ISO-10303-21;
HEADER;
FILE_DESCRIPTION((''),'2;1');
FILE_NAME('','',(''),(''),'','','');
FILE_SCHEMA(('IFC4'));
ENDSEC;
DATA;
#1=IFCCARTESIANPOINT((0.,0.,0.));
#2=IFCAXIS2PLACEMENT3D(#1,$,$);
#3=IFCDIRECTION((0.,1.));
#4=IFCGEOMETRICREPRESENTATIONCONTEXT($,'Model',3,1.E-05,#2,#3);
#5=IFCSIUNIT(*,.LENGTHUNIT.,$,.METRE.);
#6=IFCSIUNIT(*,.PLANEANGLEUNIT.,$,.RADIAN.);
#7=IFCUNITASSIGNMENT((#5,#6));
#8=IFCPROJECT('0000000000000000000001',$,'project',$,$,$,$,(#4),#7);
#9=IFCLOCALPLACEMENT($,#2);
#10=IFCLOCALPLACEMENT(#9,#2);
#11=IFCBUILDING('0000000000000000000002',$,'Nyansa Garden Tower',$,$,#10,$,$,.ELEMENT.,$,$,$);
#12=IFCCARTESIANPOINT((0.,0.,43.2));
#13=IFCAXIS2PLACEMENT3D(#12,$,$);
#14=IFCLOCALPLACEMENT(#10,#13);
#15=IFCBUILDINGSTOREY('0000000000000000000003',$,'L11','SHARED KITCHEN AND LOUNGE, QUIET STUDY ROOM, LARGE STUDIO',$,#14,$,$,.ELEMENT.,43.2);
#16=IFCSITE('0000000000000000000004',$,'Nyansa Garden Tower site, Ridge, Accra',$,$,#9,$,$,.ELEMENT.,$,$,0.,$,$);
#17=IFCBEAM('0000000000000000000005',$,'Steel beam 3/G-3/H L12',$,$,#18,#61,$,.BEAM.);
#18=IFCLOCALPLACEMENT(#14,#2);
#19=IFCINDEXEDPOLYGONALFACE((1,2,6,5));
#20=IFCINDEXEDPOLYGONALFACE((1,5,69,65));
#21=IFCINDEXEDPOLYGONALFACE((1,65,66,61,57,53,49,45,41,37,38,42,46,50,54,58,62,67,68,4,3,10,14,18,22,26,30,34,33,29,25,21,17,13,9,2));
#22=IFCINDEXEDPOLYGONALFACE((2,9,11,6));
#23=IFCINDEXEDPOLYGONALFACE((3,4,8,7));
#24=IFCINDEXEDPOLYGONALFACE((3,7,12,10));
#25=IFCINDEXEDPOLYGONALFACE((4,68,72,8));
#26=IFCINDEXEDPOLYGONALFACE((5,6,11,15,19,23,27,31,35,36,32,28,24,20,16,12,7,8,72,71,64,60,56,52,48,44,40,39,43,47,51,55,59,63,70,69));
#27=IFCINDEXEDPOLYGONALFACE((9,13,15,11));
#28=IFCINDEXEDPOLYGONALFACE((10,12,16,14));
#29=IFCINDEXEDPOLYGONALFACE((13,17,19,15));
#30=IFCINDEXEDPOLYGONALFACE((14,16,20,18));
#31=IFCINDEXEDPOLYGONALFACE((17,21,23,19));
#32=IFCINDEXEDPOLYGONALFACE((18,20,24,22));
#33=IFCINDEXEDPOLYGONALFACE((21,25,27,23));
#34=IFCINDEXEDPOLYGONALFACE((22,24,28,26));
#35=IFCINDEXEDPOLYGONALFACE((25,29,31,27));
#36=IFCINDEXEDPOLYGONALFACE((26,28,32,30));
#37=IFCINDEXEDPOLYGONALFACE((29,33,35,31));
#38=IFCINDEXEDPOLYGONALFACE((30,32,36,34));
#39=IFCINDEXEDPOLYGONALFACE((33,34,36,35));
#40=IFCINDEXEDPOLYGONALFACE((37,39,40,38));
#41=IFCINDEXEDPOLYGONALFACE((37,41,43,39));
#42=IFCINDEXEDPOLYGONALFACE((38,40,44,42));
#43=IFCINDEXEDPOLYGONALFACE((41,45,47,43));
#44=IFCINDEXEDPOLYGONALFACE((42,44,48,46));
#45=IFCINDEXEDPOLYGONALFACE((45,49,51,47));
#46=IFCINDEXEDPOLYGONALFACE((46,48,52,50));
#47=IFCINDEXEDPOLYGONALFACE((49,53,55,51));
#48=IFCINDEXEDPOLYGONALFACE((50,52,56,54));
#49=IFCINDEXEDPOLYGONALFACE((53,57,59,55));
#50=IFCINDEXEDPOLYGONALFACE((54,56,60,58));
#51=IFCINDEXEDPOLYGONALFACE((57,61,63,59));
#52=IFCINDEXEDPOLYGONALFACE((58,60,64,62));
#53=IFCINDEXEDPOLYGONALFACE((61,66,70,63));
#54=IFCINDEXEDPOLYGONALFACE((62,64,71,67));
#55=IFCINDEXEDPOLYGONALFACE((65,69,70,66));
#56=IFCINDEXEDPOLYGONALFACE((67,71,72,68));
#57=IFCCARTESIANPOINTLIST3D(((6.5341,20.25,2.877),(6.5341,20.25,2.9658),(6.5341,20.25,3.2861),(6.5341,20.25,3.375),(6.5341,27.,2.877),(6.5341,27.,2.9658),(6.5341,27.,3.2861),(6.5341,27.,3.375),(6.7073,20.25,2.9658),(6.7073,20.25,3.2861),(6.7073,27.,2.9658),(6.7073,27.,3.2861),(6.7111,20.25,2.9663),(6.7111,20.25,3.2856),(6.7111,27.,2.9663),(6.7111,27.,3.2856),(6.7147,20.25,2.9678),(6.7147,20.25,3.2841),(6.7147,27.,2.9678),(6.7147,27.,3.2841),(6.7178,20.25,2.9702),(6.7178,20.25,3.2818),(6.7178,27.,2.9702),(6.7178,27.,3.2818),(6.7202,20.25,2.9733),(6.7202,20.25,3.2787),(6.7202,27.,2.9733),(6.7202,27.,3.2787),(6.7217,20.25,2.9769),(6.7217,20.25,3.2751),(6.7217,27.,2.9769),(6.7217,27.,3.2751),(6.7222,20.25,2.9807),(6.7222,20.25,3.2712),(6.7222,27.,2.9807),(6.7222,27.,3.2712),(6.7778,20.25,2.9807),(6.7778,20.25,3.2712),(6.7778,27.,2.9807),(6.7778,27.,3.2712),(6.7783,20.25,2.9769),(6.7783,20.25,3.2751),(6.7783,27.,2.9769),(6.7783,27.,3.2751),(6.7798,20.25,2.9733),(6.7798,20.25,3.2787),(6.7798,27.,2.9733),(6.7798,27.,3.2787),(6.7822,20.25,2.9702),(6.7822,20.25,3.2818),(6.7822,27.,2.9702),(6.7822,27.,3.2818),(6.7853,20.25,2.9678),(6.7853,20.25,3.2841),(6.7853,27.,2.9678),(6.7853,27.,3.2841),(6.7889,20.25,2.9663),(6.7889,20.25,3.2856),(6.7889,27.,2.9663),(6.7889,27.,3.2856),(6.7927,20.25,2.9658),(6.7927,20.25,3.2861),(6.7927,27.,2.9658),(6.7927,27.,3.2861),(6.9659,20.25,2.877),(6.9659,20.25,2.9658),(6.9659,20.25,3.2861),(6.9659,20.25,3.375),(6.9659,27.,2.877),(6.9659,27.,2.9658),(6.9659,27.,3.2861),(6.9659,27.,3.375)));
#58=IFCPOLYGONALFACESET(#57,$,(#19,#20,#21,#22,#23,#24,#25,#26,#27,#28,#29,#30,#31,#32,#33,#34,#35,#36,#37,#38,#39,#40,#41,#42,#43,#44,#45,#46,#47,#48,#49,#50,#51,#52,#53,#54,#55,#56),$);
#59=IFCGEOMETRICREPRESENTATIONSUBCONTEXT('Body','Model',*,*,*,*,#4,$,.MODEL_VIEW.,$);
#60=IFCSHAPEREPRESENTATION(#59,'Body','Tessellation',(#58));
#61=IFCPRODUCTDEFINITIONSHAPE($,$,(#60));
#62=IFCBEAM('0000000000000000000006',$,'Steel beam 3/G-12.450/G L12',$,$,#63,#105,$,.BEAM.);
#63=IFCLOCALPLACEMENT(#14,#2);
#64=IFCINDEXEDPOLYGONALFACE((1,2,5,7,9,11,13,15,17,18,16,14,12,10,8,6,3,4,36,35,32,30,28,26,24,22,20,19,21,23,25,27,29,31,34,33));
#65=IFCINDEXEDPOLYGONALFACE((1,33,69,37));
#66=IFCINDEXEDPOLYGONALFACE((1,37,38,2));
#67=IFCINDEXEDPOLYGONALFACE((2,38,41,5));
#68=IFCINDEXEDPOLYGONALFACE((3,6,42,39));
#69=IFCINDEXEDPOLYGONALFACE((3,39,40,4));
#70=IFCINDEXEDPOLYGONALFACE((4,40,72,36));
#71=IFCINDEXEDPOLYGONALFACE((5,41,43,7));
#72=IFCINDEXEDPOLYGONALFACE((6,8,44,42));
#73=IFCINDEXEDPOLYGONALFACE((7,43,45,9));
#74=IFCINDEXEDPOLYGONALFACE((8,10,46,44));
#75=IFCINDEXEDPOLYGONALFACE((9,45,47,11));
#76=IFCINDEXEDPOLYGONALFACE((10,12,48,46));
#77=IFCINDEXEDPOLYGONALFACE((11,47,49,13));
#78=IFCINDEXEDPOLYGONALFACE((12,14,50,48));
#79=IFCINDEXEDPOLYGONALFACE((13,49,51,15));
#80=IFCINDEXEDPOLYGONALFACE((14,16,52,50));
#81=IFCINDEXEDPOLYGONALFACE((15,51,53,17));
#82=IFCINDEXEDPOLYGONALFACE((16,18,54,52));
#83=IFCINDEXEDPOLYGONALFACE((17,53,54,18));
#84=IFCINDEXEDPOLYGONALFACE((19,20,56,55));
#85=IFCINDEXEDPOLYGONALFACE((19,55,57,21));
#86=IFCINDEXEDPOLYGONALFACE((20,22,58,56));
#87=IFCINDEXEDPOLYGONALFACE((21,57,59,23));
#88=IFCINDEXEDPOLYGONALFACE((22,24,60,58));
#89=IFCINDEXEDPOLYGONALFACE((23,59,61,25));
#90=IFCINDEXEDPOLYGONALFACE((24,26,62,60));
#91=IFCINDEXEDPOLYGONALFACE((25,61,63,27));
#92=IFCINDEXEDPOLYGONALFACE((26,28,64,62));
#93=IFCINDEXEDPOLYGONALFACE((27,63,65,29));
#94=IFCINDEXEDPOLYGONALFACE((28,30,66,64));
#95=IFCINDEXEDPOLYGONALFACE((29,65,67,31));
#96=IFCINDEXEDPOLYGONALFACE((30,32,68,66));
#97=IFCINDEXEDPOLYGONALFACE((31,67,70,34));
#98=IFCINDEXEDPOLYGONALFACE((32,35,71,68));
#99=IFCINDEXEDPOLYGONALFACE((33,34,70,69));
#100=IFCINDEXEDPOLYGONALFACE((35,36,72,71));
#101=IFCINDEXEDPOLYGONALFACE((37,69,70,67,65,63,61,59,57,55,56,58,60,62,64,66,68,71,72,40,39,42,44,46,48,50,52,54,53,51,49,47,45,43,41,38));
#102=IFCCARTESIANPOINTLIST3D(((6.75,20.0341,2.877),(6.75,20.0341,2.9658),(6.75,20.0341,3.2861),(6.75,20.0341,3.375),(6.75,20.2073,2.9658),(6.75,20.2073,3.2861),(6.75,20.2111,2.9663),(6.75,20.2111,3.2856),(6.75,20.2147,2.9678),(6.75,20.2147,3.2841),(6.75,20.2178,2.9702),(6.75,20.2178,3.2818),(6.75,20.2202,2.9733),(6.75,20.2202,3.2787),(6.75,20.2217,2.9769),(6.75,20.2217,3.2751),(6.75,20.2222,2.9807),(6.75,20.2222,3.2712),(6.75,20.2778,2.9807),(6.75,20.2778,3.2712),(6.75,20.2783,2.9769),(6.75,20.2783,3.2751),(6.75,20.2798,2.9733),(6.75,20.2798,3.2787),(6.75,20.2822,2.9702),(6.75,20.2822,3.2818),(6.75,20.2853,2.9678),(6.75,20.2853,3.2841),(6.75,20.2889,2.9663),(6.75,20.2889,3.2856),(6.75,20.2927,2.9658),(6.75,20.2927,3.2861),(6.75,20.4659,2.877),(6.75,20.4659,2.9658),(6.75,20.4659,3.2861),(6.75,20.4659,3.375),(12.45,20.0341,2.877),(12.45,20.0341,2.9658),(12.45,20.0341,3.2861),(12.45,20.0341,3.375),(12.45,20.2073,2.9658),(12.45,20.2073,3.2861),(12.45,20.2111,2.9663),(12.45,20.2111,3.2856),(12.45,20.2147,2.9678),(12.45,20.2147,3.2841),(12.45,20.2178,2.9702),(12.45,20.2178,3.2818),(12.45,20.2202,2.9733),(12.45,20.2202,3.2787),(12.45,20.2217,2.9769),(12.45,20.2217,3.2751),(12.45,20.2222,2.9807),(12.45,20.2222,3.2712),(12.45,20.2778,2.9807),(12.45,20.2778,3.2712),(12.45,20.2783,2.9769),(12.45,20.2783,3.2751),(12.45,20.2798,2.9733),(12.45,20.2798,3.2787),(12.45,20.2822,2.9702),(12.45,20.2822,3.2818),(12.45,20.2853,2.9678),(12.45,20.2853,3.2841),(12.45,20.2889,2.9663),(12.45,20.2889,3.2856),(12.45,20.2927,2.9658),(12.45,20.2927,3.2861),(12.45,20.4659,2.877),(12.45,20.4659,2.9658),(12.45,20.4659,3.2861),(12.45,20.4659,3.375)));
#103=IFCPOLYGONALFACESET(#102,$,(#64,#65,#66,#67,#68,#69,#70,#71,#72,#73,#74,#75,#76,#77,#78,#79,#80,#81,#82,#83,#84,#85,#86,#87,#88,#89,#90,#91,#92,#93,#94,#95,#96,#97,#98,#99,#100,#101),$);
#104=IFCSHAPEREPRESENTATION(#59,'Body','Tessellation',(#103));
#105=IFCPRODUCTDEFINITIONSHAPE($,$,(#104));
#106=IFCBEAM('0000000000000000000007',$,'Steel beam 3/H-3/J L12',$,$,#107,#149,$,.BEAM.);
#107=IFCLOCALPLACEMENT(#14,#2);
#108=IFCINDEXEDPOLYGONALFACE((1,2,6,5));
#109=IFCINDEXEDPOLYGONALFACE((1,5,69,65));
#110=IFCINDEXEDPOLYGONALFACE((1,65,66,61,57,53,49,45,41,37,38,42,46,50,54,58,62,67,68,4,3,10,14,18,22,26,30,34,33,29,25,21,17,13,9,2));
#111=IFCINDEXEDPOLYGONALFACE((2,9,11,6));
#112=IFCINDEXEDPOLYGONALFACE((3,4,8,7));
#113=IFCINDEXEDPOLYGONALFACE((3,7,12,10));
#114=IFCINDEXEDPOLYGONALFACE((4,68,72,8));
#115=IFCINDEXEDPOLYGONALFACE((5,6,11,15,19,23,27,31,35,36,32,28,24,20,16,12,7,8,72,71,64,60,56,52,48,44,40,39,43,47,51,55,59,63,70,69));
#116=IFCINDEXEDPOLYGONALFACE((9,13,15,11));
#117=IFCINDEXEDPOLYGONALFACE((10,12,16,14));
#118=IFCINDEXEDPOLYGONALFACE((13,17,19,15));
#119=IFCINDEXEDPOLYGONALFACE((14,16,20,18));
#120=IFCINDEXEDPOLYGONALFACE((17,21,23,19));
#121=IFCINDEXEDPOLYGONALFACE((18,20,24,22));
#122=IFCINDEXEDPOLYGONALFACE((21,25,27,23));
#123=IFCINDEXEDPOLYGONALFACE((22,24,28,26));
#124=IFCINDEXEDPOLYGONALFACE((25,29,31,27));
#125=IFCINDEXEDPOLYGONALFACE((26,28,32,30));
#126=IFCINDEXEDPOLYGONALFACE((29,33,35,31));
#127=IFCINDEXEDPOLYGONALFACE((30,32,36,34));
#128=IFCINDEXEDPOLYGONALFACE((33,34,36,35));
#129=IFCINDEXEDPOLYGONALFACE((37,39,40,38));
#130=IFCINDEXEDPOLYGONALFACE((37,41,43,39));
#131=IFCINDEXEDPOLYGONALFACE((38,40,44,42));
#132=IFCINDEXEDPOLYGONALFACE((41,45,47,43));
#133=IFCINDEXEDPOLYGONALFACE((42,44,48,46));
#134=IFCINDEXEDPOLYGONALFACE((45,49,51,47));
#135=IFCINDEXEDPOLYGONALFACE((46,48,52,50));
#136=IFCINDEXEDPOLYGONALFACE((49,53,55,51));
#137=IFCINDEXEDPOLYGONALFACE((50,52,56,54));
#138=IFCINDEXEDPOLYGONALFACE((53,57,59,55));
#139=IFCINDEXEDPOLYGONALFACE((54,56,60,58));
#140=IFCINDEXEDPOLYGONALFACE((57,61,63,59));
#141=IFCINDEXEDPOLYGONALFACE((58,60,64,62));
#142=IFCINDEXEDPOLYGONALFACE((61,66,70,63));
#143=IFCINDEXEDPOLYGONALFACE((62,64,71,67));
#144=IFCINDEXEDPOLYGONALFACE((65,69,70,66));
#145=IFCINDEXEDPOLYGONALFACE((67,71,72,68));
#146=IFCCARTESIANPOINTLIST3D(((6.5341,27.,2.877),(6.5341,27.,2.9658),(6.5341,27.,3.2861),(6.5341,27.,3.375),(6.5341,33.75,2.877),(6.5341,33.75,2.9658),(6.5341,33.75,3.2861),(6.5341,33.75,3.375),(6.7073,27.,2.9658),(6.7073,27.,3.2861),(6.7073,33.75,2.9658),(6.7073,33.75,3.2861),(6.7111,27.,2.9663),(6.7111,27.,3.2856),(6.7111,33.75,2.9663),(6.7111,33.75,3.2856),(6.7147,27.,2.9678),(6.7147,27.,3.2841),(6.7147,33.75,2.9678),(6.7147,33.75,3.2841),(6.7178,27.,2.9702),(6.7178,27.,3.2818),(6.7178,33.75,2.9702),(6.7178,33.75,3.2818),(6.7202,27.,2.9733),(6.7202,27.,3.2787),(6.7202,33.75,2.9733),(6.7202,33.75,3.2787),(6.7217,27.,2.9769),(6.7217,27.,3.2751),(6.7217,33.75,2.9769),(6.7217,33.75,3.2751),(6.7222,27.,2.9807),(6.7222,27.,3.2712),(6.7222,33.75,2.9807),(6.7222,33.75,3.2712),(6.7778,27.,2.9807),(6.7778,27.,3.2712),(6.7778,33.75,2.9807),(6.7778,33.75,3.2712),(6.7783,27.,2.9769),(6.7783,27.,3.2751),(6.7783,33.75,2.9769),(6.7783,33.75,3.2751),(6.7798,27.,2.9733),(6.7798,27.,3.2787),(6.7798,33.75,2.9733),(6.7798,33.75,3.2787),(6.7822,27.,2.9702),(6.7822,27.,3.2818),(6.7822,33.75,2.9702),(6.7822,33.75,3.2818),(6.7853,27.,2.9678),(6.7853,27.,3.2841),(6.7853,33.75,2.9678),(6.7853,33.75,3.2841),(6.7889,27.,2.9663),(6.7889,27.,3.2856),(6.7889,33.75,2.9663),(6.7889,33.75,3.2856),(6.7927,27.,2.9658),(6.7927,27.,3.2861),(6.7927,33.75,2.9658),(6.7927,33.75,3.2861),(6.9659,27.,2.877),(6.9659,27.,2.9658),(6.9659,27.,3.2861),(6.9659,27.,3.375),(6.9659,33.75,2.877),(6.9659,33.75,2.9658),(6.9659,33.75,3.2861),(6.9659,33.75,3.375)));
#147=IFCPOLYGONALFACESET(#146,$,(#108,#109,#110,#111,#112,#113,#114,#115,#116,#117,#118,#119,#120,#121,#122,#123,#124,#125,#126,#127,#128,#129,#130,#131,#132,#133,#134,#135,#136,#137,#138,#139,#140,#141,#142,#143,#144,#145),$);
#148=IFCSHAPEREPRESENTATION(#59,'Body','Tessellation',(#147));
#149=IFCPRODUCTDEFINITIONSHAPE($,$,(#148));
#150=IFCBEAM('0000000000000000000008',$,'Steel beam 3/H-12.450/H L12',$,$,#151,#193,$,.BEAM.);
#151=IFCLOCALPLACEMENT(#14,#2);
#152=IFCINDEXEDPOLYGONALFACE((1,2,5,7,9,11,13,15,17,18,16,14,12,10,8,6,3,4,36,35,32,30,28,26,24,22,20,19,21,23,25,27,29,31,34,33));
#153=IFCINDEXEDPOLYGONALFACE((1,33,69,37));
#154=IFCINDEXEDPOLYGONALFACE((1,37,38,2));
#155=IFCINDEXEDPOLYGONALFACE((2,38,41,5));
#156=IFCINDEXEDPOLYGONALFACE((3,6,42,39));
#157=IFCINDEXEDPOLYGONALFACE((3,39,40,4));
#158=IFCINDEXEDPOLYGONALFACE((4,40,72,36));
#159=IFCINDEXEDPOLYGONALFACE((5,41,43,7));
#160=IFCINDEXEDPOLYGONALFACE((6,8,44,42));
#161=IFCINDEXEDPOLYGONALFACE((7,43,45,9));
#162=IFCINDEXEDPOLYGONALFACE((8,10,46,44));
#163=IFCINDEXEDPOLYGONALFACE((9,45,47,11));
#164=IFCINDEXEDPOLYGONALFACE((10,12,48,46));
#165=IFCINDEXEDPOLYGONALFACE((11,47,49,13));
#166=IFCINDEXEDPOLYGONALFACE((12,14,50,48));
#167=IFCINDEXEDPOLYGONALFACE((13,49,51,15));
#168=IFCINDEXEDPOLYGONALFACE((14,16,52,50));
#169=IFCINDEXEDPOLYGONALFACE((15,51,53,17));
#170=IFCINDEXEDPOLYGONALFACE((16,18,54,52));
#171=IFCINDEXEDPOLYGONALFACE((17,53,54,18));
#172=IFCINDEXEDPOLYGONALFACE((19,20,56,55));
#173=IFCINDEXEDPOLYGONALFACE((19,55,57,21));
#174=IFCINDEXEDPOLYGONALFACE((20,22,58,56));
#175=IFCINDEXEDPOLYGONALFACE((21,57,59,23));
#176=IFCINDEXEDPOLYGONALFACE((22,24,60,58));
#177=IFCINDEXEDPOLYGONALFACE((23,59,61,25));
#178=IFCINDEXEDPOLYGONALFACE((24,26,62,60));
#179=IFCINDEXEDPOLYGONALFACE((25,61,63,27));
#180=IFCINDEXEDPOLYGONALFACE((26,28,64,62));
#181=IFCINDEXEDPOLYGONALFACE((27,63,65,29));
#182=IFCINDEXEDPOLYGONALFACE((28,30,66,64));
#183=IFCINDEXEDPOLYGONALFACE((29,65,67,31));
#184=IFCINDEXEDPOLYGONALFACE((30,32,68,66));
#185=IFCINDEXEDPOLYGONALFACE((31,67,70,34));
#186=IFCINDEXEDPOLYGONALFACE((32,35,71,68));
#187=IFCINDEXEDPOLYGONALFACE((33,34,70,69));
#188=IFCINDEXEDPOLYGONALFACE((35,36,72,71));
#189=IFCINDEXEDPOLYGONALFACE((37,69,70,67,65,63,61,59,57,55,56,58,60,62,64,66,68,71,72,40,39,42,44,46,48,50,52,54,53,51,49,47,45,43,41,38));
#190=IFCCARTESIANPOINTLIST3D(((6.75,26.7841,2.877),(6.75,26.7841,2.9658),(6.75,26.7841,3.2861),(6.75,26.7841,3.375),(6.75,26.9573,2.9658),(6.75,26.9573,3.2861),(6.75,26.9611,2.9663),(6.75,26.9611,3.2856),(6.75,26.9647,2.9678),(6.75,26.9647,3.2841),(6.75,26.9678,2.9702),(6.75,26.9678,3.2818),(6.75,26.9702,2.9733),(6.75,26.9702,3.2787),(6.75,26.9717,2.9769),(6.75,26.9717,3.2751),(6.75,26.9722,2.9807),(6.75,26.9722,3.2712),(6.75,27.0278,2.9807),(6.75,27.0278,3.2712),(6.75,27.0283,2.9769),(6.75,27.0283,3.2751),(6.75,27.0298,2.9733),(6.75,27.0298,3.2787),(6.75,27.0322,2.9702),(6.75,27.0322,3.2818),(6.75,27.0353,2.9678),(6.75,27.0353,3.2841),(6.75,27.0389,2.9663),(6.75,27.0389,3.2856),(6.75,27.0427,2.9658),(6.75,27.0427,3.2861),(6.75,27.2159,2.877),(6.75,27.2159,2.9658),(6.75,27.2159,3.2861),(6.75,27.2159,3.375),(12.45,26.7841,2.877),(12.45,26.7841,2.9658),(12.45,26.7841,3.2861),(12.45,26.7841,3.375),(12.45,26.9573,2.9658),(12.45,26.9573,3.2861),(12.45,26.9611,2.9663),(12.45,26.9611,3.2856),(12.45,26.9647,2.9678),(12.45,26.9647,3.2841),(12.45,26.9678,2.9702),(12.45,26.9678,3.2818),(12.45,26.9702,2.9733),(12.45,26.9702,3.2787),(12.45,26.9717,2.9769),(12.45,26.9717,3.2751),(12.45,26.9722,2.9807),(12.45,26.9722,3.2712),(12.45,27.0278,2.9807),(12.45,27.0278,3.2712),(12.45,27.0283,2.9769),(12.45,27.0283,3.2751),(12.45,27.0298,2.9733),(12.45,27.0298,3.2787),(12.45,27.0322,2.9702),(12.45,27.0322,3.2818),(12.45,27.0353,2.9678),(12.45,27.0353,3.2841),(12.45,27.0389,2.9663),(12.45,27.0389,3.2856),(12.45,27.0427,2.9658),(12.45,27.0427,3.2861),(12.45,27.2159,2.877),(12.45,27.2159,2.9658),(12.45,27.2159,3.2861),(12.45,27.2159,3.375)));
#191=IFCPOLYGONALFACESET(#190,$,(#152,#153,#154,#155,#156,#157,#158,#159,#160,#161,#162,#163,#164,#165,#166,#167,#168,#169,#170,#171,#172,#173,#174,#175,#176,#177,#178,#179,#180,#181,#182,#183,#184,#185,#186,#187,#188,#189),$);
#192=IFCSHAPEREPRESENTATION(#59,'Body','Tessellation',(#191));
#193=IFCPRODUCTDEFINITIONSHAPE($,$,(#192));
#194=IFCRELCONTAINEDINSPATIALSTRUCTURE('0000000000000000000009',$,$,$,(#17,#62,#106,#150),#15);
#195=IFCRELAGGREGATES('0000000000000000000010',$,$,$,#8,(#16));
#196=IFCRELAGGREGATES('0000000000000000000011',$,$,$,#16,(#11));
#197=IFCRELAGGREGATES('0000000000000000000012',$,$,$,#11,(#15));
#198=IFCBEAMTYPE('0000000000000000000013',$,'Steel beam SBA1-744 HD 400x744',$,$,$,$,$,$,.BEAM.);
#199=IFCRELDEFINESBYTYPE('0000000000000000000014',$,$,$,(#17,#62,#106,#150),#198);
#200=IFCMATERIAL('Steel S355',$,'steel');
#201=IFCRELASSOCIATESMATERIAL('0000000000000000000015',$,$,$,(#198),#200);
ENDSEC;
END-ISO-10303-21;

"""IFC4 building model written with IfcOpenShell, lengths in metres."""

from ifc_helpers import new_model, si_unit, direction, frame, origin, origin_2d, place, context, subcontext, project, spatial, i_section, extrude, material, material_profile, profile_set, type_object, element, save


model = new_model("IFC4")

# Units and contexts
model_context = context("Model", 3, precision=1e-05, world=origin(), true_north=direction((0.0, 1.0)))
body_context = subcontext(model_context, "Body", "Model", "MODEL_VIEW")
ifc_project = project(units=[si_unit("LENGTHUNIT", "METRE"), si_unit("PLANEANGLEUNIT", "RADIAN")], contexts=[model_context])

# Site, building, storey
site_placement = place(None, origin())
site = spatial("IfcSite", under=ifc_project, at=site_placement, Name="Nyansa Garden Tower site, Ridge, Accra", CompositionType="ELEMENT", RefElevation=0.0)
building_placement = place(site_placement, origin())
building = spatial("IfcBuilding", under=site, at=building_placement, Name="Nyansa Garden Tower", CompositionType="ELEMENT")
storey_placement = place(building_placement, frame((0.0, 0.0, 43.2)))
storey = spatial("IfcBuildingStorey", under=building, at=storey_placement, Name="L11", Description="SHARED KITCHEN AND LOUNGE, QUIET STUDY ROOM, LARGE STUDIO", CompositionType="ELEMENT", Elevation=43.2)

# Beams
ifc_material_1 = material(Name="Steel S355", Category="steel")
ifc_material_profile_1 = material_profile(ifc_material_1, i_section(OverallWidth=0.4319, OverallDepth=0.498, WebThickness=0.0557, FlangeThickness=0.0889, FilletRadius=0.0149, at=origin_2d()), Name="HD 400x744")
ifc_profile_set_1 = profile_set([ifc_material_profile_1], Name="Steel S355")
beam_type_1 = type_object("IfcBeamType", Name="Steel beam SBA1-744 HD 400x744", PredefinedType="BEAM", material=ifc_profile_set_1)
beam_1_placement = place(storey_placement, frame((6.75, 20.25, 3.126), z_axis=(0.0, 1.0, 0.0), x_axis=(-1.0, 0.0, 0.0)))
element("IfcBeam", 1, at=beam_1_placement, inside=storey, type_object=beam_type_1, Name="Steel beam 3/G-3/H L12", PredefinedType="BEAM", context=body_context, shape_type="SweptSolid", body=[
    extrude(i_section(OverallWidth=0.4319, OverallDepth=0.498, WebThickness=0.0557, FlangeThickness=0.0889, FilletRadius=0.0149, at=origin_2d()), origin(), (0.0, 0.0, 1.0), 6.75),
])
beam_2_placement = place(storey_placement, frame((6.75, 20.25, 3.126), z_axis=(1.0, 0.0, 0.0), x_axis=(0.0, 1.0, 0.0)))
element("IfcBeam", 2, at=beam_2_placement, inside=storey, type_object=beam_type_1, Name="Steel beam 3/G-12.450/G L12", PredefinedType="BEAM", context=body_context, shape_type="SweptSolid", body=[
    extrude(i_section(OverallWidth=0.4319, OverallDepth=0.498, WebThickness=0.0557, FlangeThickness=0.0889, FilletRadius=0.0149, at=origin_2d()), origin(), (0.0, 0.0, 1.0), 5.7),
])
beam_3_placement = place(storey_placement, frame((6.75, 27.0, 3.126), z_axis=(0.0, 1.0, 0.0), x_axis=(-1.0, 0.0, 0.0)))
element("IfcBeam", 3, at=beam_3_placement, inside=storey, type_object=beam_type_1, Name="Steel beam 3/H-3/J L12", PredefinedType="BEAM", context=body_context, shape_type="SweptSolid", body=[
    extrude(i_section(OverallWidth=0.4319, OverallDepth=0.498, WebThickness=0.0557, FlangeThickness=0.0889, FilletRadius=0.0149, at=origin_2d()), origin(), (0.0, 0.0, 1.0), 6.75),
])
for number, where, z_axis, x_axis, name in (
    (4, (6.75, 27.0, 3.126), (1.0, 0.0, 0.0), (0.0, 1.0, 0.0), "Steel beam 3/H-12.450/H L12"),
):
    element("IfcBeam", number, at=place(storey_placement, frame(where, z_axis=z_axis, x_axis=x_axis)), inside=storey, type_object=beam_type_1, Name=name, PredefinedType="BEAM", context=body_context, shape_type="SweptSolid", body=[
        extrude(i_section(OverallWidth=0.4319, OverallDepth=0.498, WebThickness=0.0557, FlangeThickness=0.0889, FilletRadius=0.0149, at=origin_2d()), origin(), (0.0, 0.0, 1.0), 5.7),
    ])

save(model, "model.ifc")
